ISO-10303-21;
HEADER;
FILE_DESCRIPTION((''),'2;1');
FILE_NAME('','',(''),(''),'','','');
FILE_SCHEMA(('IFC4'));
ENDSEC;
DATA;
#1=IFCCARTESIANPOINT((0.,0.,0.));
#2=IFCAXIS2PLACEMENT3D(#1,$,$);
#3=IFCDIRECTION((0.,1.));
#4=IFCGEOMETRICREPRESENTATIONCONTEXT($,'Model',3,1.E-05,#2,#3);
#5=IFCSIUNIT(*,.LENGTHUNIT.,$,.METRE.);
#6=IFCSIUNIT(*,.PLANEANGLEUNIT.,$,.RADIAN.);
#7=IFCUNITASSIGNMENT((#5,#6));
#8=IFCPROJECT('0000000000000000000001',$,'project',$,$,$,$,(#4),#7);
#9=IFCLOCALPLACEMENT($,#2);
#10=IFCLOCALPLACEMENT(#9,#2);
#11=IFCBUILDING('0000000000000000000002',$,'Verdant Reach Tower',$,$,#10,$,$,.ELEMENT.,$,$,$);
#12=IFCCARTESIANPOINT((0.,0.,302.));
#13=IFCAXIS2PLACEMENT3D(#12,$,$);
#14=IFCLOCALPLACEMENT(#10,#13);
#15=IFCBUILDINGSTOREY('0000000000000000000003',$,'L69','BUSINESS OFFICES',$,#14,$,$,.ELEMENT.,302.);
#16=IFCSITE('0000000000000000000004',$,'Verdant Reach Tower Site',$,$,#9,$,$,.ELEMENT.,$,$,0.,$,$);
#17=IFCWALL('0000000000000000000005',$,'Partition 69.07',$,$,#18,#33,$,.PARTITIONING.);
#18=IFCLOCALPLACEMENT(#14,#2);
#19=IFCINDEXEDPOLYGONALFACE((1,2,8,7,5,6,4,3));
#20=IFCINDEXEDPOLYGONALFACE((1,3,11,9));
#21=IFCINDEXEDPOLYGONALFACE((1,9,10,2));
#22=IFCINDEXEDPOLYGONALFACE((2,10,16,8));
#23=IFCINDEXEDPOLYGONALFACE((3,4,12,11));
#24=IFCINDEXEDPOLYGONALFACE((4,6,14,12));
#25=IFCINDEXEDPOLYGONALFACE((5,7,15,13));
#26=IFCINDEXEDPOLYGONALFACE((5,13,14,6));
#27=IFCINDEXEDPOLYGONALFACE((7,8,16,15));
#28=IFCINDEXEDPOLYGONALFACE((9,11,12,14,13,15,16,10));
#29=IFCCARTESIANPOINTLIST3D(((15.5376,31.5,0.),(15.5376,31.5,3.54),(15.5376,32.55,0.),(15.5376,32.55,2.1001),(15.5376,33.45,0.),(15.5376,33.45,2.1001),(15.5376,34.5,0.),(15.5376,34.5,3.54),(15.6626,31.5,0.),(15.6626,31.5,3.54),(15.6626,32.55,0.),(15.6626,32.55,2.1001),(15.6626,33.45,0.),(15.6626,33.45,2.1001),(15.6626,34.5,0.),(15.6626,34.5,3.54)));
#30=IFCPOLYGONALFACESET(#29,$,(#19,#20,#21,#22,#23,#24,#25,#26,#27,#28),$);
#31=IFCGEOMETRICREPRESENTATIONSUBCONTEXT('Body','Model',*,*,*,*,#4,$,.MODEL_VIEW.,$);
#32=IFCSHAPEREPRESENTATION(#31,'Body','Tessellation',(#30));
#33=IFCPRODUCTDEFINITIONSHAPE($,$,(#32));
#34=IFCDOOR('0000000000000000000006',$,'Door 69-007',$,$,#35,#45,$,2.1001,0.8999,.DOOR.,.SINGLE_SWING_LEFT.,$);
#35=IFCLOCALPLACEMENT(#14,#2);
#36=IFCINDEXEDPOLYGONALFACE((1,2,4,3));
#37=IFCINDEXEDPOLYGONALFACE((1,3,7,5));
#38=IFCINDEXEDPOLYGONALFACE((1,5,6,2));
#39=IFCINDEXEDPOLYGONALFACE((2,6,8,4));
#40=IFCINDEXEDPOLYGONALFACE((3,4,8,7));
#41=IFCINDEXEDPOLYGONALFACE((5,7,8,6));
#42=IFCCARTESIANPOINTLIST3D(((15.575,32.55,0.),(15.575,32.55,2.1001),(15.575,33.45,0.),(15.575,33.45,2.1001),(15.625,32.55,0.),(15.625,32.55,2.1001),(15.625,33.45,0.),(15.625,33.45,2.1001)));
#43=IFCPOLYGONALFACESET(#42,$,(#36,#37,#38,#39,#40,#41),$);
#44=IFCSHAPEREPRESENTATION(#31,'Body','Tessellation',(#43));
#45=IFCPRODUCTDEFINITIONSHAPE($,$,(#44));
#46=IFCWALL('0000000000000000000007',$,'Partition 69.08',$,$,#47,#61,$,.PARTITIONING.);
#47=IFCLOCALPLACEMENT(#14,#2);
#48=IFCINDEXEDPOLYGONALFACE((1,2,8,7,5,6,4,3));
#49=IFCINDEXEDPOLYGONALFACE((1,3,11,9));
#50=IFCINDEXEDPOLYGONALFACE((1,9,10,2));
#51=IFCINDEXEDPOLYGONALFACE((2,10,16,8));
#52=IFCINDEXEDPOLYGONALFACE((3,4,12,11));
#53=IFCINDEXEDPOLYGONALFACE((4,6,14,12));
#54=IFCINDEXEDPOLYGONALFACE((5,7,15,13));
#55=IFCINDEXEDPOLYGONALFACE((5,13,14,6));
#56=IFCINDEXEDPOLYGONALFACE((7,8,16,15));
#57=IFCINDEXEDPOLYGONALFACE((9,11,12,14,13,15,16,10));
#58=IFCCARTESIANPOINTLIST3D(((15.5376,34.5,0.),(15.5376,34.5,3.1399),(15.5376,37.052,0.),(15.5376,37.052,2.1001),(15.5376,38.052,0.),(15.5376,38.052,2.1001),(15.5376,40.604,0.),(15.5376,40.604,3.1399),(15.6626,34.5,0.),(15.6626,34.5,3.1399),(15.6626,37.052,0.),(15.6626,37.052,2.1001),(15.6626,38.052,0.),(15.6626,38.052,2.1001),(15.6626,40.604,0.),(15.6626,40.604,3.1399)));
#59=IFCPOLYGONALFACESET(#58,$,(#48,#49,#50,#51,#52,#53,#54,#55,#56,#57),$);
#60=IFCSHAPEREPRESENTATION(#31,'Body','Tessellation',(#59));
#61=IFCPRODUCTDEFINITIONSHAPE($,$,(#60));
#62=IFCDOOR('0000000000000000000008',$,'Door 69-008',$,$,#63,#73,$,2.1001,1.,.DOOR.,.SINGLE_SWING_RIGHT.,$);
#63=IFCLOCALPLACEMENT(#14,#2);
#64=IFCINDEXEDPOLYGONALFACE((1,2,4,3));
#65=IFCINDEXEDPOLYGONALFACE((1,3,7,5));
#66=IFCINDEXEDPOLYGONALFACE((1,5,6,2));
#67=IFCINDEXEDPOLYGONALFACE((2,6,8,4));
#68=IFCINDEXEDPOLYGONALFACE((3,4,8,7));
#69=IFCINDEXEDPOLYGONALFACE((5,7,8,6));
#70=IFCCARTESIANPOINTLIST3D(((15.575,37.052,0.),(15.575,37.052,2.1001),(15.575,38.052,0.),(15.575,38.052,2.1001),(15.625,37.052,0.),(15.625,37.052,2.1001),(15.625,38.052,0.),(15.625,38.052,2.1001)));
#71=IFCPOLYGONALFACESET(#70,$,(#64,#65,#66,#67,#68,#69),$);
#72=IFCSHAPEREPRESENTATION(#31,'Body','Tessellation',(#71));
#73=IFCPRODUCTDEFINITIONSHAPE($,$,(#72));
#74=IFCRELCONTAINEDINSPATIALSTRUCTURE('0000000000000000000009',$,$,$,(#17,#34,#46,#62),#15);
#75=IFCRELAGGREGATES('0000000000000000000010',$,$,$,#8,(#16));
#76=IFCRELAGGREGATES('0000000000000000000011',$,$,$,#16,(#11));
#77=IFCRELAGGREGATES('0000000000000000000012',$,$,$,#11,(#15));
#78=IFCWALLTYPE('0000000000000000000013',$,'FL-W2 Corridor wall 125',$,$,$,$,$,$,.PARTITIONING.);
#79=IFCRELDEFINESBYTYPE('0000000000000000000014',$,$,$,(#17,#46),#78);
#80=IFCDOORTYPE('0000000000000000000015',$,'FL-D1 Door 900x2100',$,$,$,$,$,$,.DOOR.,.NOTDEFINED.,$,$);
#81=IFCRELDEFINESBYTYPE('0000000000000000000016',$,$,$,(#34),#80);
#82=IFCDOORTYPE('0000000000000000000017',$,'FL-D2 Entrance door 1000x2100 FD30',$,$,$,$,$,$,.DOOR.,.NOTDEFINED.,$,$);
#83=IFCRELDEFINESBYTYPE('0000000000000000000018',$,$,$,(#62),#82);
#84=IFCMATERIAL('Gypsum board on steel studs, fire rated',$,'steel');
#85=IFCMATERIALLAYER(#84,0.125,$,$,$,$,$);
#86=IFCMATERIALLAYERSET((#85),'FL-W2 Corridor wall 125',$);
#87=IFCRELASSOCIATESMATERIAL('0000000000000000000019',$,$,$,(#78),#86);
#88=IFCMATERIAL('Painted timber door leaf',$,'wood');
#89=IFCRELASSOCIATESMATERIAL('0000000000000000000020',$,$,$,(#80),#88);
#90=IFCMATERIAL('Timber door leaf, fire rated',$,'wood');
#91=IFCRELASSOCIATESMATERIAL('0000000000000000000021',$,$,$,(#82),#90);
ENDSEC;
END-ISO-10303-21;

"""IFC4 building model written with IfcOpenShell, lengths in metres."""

from ifc_helpers import new_model, si_unit, direction, frame, frame_2d, origin, place, context, subcontext, project, spatial, rectangle, extrude, material, layer, layer_set, type_object, element, fill, save


model = new_model("IFC4")

# Units and contexts
model_context = context("Model", 3, precision=1e-05, world=origin(), true_north=direction((0.0, 1.0)))
body_context = subcontext(model_context, "Body", "Model", "MODEL_VIEW")
ifc_project = project(units=[si_unit("LENGTHUNIT", "METRE"), si_unit("PLANEANGLEUNIT", "RADIAN")], contexts=[model_context])

# Site, building, storey
site_placement = place(None, origin())
site = spatial("IfcSite", under=ifc_project, at=site_placement, Name="Verdant Reach Tower Site", CompositionType="ELEMENT", RefElevation=0.0)
building_placement = place(site_placement, origin())
building = spatial("IfcBuilding", under=site, at=building_placement, Name="Verdant Reach Tower", CompositionType="ELEMENT")
storey_placement = place(building_placement, frame((0.0, 0.0, 302.0)))
storey = spatial("IfcBuildingStorey", under=building, at=storey_placement, Name="L69", Description="BUSINESS OFFICES", CompositionType="ELEMENT", Elevation=302.0)

# Walls, openings, doors
ifc_material_1 = material(Name="Gypsum board on steel studs, fire rated", Category="steel")
ifc_layer_1 = layer(ifc_material_1, 0.125)
ifc_layer_set_1 = layer_set([ifc_layer_1], Name="FL-W2 Corridor wall 125")
wall_type_1 = type_object("IfcWallType", Name="FL-W2 Corridor wall 125", PredefinedType="PARTITIONING", material=ifc_layer_set_1)
wall_1_placement = place(storey_placement, frame((15.6001, 34.5, 0.0), z_axis=(0.0, 0.0, 1.0), x_axis=(0.0, -1.0, 0.0)))
wall_1 = element("IfcWall", 1, at=wall_1_placement, inside=storey, type_object=wall_type_1, Name="Partition 69.07", PredefinedType="PARTITIONING", context=body_context, shape_type="SweptSolid", body=[
    extrude(rectangle(XDim=3.0, YDim=0.125, at=frame_2d((1.5, 0.0))), origin(), (0.0, 0.0, 1.0), 3.54),
])
opening_1_placement = place(wall_1_placement, frame((1.05, 0.0, 0.0)))
opening_1 = element("IfcOpeningElement", 2, at=opening_1_placement, cuts=wall_1, PredefinedType="OPENING", context=body_context, shape_type="SweptSolid", body=[
    extrude(rectangle(XDim=0.8999, YDim=2.1001, at=frame_2d((0.45, 1.05))), frame((0.0, 0.0725, 0.0), z_axis=(0.0, -1.0, 0.0), x_axis=(1.0, 0.0, 0.0)), (0.0, 0.0, 1.0), 0.145),
])
ifc_material_2 = material(Name="Painted timber door leaf", Category="wood")
door_type_1 = type_object("IfcDoorType", Name="FL-D1 Door 900x2100", OperationType="NOTDEFINED", PredefinedType="DOOR", material=ifc_material_2)
door_1_placement = place(opening_1_placement, origin())
door_1 = element("IfcDoor", 3, at=door_1_placement, inside=storey, type_object=door_type_1, Name="Door 69-007", OperationType="SINGLE_SWING_LEFT", OverallHeight=2.1001, OverallWidth=0.8999, PredefinedType="DOOR", context=body_context, shape_type="SweptSolid", body=[
    extrude(rectangle(XDim=0.8999, YDim=2.1001, at=frame_2d((0.45, 1.05))), frame((0.0, 0.0249, 0.0), z_axis=(0.0, -1.0, 0.0), x_axis=(1.0, 0.0, 0.0)), (0.0, 0.0, 1.0), 0.05),
])
fill(opening_1, door_1)
wall_2_placement = place(storey_placement, frame((15.6001, 40.604, 0.0), z_axis=(0.0, 0.0, 1.0), x_axis=(0.0, -1.0, 0.0)))
wall_2 = element("IfcWall", 4, at=wall_2_placement, inside=storey, type_object=wall_type_1, Name="Partition 69.08", PredefinedType="PARTITIONING", context=body_context, shape_type="SweptSolid", body=[
    extrude(rectangle(XDim=6.104, YDim=0.125, at=frame_2d((3.052, 0.0))), origin(), (0.0, 0.0, 1.0), 3.1399),
])
opening_2_placement = place(wall_2_placement, frame((2.552, 0.0, 0.0)))
opening_2 = element("IfcOpeningElement", 5, at=opening_2_placement, cuts=wall_2, PredefinedType="OPENING", context=body_context, shape_type="SweptSolid", body=[
    extrude(rectangle(XDim=1.0, YDim=2.1001, at=frame_2d((0.5, 1.05))), frame((0.0, 0.0725, 0.0), z_axis=(0.0, -1.0, 0.0), x_axis=(1.0, 0.0, 0.0)), (0.0, 0.0, 1.0), 0.145),
])
ifc_material_3 = material(Name="Timber door leaf, fire rated", Category="wood")
door_type_2 = type_object("IfcDoorType", Name="FL-D2 Entrance door 1000x2100 FD30", OperationType="NOTDEFINED", PredefinedType="DOOR", material=ifc_material_3)
door_2_placement = place(opening_2_placement, origin())
door_2 = element("IfcDoor", 6, at=door_2_placement, inside=storey, type_object=door_type_2, Name="Door 69-008", OperationType="SINGLE_SWING_RIGHT", OverallHeight=2.1001, OverallWidth=1.0, PredefinedType="DOOR", context=body_context, shape_type="SweptSolid", body=[
    extrude(rectangle(XDim=1.0, YDim=2.1001, at=frame_2d((0.5, 1.05))), frame((0.0, 0.0249, 0.0), z_axis=(0.0, -1.0, 0.0), x_axis=(1.0, 0.0, 0.0)), (0.0, 0.0, 1.0), 0.05),
])
fill(opening_2, door_2)

save(model, "model.ifc")
